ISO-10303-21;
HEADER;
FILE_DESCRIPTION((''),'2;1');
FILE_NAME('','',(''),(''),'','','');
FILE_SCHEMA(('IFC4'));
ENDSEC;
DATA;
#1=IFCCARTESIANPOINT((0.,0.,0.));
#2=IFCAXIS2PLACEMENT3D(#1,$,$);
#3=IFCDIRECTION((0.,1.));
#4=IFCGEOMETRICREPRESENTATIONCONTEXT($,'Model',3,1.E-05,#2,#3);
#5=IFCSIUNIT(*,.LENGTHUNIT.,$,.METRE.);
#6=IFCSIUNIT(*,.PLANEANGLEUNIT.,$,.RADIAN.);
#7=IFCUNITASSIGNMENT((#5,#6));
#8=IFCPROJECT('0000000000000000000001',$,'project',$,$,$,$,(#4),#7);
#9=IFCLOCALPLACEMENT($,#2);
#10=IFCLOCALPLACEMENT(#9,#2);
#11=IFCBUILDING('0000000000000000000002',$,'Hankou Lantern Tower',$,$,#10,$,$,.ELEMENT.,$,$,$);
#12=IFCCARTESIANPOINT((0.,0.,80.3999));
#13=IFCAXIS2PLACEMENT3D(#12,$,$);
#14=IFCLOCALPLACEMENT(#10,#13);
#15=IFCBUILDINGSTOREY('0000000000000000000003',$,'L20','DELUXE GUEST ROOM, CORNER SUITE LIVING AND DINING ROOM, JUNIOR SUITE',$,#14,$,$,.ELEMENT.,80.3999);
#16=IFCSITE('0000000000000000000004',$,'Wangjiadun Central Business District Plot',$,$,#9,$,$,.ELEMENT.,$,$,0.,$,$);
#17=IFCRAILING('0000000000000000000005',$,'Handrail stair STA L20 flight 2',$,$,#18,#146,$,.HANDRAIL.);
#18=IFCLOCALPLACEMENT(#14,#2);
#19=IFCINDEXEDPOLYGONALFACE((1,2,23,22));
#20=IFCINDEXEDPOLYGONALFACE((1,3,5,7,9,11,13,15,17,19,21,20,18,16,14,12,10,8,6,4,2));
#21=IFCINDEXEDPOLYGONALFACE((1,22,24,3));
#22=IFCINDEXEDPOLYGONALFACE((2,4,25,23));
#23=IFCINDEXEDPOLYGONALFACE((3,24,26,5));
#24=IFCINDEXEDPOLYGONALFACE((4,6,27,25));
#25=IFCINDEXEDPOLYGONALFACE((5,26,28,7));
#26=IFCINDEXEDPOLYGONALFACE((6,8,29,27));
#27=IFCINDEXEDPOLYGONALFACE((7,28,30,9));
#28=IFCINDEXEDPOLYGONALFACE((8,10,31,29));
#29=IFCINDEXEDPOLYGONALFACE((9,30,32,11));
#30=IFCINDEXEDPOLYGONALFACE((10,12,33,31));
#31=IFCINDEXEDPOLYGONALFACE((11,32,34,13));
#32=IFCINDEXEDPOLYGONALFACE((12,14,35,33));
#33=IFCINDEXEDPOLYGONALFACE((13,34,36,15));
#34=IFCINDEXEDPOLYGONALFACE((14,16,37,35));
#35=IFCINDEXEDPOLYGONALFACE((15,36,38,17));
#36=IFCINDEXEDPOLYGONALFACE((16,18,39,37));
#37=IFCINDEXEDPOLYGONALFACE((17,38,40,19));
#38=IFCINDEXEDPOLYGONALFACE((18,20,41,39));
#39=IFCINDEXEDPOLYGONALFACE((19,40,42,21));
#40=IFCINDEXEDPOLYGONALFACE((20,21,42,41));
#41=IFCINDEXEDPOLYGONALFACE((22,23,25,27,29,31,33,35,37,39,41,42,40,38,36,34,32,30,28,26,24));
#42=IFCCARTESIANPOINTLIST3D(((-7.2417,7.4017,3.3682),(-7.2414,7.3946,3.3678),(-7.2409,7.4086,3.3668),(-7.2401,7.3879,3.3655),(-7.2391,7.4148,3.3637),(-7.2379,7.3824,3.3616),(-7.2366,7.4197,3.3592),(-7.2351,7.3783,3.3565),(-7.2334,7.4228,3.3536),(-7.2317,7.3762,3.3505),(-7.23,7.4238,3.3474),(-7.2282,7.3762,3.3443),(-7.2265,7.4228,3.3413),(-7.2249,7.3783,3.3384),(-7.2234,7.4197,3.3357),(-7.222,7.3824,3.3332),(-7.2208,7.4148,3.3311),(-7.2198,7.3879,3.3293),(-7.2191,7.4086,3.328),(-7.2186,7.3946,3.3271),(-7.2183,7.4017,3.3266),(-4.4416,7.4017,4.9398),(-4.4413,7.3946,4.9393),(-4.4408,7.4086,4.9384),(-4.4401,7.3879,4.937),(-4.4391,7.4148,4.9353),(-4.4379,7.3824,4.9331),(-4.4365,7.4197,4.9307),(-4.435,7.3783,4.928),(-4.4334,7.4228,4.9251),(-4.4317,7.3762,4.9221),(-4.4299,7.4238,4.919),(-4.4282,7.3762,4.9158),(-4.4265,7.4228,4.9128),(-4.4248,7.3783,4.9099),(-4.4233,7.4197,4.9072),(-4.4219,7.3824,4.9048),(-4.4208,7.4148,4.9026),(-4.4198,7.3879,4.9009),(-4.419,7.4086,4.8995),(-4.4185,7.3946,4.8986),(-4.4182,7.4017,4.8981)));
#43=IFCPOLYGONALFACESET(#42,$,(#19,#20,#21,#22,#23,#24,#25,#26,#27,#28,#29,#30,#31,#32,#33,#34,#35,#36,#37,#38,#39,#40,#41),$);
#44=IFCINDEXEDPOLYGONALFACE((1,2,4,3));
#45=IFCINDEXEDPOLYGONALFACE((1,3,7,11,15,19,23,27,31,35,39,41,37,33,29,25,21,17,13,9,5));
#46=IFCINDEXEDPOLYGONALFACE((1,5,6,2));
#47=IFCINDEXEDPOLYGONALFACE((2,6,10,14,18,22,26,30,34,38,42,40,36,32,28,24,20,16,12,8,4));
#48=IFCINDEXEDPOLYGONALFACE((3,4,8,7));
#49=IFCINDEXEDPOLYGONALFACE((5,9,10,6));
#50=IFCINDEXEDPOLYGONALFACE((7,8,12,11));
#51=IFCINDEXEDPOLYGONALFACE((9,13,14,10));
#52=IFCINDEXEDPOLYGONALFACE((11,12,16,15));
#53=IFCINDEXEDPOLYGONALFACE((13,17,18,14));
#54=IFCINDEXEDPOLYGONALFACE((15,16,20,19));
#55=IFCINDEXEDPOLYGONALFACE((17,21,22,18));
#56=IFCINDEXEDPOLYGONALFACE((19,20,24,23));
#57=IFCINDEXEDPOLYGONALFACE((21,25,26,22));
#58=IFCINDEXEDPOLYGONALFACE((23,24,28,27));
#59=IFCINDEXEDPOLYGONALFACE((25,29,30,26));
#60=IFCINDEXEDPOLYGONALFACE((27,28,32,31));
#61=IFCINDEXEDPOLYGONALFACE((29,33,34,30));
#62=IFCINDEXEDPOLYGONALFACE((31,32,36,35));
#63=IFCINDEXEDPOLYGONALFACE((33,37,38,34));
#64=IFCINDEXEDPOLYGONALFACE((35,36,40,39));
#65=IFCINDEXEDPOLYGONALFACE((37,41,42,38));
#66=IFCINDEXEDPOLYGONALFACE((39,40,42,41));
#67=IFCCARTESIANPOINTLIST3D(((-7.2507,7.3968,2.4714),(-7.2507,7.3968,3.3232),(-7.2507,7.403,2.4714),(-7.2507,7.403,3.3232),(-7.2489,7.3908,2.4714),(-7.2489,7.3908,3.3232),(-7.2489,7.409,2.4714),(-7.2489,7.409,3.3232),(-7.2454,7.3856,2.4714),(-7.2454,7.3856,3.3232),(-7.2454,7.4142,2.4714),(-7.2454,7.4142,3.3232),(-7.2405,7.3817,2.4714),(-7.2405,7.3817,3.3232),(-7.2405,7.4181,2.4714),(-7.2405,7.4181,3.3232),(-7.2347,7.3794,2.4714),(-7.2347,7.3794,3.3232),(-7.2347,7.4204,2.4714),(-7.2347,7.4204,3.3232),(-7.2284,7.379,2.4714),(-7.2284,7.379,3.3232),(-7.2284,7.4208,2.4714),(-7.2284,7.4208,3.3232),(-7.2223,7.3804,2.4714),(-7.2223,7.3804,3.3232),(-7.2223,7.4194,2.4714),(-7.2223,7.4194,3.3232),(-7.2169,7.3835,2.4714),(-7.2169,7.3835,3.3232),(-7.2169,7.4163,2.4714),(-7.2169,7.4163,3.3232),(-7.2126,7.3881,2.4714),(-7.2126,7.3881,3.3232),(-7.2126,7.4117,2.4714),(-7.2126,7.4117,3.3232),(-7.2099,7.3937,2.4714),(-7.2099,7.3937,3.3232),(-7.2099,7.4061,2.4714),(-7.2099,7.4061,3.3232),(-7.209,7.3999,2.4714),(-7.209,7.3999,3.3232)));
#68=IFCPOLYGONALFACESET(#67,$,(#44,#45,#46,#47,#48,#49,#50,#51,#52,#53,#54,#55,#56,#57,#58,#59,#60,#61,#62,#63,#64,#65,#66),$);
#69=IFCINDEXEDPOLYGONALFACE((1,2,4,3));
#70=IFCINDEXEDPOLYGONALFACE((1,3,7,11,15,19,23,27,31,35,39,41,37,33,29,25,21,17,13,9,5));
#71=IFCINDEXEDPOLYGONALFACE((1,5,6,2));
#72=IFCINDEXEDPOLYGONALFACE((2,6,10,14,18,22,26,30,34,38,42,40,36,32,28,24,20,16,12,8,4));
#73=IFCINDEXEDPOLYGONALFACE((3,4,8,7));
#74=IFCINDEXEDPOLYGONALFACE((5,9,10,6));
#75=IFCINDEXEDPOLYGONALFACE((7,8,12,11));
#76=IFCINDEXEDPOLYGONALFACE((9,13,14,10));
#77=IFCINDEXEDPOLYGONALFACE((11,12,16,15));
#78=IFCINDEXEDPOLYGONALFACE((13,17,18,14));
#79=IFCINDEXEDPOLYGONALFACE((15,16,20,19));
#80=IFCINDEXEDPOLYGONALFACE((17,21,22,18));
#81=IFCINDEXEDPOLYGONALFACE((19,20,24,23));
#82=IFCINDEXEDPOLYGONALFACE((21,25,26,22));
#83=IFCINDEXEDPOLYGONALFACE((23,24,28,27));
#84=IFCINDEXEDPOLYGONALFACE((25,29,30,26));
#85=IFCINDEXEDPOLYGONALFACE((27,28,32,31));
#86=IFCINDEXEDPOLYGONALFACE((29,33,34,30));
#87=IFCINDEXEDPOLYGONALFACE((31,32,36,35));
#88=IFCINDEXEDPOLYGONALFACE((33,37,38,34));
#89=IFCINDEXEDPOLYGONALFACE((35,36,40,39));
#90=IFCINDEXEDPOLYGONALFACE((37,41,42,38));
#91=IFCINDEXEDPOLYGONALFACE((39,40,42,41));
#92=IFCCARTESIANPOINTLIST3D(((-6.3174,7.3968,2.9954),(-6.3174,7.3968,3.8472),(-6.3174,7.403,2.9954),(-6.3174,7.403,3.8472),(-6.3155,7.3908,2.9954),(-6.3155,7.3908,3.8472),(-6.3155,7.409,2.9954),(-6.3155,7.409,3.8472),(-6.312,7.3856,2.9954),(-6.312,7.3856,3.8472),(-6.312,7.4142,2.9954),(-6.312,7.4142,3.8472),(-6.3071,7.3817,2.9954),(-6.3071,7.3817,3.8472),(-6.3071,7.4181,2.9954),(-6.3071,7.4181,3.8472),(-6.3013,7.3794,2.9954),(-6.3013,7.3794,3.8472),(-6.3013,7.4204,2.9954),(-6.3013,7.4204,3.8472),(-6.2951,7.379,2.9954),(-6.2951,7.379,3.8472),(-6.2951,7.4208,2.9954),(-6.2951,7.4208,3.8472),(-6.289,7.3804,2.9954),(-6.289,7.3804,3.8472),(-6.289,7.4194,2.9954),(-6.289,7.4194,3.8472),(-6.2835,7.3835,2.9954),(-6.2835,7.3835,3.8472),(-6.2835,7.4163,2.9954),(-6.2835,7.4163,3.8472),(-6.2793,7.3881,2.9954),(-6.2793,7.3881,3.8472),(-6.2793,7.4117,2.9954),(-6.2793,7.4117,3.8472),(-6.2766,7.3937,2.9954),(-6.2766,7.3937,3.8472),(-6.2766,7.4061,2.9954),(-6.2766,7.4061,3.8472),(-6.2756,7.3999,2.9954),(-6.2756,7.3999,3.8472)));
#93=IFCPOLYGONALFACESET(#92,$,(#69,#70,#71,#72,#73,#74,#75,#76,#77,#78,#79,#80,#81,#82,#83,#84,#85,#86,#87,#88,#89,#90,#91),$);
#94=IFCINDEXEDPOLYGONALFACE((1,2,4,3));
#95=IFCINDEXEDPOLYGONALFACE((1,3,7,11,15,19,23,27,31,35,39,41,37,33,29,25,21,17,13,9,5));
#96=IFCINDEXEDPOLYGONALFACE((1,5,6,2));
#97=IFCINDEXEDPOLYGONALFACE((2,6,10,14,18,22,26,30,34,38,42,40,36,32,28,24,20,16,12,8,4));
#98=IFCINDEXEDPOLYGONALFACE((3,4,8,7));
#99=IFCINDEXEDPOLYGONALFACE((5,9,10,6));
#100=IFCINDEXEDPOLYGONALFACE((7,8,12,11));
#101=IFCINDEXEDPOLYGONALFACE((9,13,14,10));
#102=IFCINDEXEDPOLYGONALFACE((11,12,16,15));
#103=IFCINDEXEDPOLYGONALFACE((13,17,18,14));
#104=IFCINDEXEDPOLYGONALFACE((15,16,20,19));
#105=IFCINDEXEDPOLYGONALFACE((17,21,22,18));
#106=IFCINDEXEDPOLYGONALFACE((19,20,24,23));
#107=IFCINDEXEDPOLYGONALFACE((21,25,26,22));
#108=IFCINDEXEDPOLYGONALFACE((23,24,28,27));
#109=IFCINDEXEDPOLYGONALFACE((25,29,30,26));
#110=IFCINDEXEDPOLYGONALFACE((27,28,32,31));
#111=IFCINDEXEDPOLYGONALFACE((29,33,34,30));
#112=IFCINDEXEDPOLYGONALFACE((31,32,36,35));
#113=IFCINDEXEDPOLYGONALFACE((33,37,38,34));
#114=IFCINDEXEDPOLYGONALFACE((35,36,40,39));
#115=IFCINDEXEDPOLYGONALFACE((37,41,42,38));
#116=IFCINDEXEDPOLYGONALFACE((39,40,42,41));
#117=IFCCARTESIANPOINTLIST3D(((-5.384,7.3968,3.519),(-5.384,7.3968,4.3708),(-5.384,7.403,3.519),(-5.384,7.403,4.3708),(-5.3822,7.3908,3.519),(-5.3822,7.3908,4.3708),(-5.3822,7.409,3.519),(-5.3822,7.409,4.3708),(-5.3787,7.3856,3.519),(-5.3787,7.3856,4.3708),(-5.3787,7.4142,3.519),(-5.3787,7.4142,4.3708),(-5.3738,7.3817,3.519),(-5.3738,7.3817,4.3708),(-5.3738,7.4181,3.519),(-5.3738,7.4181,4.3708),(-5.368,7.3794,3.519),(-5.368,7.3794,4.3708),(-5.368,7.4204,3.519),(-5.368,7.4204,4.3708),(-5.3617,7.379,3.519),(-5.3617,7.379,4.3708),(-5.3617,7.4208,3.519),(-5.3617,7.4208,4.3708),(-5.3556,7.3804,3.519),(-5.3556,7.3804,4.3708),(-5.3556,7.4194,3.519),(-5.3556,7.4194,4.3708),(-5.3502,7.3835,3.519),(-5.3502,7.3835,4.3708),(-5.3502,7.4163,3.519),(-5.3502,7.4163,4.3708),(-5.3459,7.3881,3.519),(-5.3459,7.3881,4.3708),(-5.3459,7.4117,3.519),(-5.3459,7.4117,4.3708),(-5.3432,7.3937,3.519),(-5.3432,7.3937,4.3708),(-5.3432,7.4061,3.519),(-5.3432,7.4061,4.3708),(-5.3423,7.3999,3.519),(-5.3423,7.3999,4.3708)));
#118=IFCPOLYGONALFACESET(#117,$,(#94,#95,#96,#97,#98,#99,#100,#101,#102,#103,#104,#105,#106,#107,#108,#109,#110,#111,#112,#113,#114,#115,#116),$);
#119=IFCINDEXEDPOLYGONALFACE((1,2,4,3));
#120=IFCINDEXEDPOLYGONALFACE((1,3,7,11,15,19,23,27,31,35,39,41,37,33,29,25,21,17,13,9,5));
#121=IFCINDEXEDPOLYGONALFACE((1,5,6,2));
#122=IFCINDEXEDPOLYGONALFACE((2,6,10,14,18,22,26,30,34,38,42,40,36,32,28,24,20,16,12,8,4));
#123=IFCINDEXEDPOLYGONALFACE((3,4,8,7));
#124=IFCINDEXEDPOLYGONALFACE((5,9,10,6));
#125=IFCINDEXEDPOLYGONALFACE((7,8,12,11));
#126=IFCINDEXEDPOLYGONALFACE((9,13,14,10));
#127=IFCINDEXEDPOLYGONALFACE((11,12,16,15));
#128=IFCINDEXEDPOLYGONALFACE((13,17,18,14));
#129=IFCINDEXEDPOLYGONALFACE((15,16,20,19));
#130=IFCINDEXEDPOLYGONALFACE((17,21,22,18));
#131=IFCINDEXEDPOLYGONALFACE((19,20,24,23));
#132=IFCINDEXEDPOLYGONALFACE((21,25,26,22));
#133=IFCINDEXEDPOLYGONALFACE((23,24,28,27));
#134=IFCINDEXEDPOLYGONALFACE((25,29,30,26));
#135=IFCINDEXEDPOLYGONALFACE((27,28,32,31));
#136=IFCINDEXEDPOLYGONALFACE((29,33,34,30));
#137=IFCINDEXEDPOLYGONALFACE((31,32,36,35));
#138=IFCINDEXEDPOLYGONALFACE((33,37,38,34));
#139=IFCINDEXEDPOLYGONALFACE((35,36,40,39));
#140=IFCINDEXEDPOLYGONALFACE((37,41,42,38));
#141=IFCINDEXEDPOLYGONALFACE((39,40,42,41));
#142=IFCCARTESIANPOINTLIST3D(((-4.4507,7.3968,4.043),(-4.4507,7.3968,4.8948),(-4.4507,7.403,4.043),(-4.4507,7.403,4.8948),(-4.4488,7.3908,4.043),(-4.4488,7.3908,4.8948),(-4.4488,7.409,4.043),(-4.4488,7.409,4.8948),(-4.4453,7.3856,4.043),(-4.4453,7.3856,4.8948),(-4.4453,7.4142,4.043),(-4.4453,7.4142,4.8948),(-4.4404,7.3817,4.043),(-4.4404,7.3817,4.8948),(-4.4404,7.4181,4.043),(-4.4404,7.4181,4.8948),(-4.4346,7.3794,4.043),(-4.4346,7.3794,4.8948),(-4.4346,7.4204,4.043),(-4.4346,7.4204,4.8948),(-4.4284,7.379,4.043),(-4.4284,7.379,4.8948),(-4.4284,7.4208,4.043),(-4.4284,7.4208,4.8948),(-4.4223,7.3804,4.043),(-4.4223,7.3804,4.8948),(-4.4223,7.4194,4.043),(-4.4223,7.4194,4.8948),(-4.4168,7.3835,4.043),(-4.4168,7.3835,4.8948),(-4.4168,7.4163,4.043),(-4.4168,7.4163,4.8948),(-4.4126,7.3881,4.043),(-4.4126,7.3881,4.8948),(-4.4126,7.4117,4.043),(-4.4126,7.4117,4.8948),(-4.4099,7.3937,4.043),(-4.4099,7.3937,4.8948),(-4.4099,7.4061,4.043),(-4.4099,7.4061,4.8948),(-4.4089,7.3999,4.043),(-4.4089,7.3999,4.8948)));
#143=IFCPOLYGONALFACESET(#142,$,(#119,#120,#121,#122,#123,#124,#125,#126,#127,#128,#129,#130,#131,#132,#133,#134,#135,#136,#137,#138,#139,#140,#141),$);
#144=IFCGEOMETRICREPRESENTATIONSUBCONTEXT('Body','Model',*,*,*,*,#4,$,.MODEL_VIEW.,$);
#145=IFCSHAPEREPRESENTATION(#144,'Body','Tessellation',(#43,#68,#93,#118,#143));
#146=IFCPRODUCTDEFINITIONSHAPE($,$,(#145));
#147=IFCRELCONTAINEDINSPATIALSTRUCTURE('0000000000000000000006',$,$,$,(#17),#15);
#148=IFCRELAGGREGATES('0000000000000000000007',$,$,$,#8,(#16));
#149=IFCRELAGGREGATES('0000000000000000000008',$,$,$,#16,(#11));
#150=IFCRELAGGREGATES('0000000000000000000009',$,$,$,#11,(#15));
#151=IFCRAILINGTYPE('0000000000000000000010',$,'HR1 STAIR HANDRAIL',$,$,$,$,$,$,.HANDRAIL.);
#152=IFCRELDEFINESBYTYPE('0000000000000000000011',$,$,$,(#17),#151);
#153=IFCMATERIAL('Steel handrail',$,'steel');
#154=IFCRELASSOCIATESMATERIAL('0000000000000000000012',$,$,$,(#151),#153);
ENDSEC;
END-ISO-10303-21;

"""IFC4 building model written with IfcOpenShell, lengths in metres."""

from ifc_helpers import new_model, si_unit, direction, frame, origin, origin_2d, place, context, subcontext, project, spatial, circle, extrude, material, type_object, element, save


model = new_model("IFC4")

# Units and contexts
model_context = context("Model", 3, precision=1e-05, world=origin(), true_north=direction((0.0, 1.0)))
body_context = subcontext(model_context, "Body", "Model", "MODEL_VIEW")
ifc_project = project(units=[si_unit("LENGTHUNIT", "METRE"), si_unit("PLANEANGLEUNIT", "RADIAN")], contexts=[model_context])

# Site, building, storey
site_placement = place(None, origin())
site = spatial("IfcSite", under=ifc_project, at=site_placement, Name="Wangjiadun Central Business District Plot", CompositionType="ELEMENT", RefElevation=0.0)
building_placement = place(site_placement, origin())
building = spatial("IfcBuilding", under=site, at=building_placement, Name="Hankou Lantern Tower", CompositionType="ELEMENT")
storey_placement = place(building_placement, frame((0.0, 0.0, 80.3999)))
storey = spatial("IfcBuildingStorey", under=building, at=storey_placement, Name="L20", Description="DELUXE GUEST ROOM, CORNER SUITE LIVING AND DINING ROOM, JUNIOR SUITE", CompositionType="ELEMENT", Elevation=80.3999)

# Railing
ifc_material_1 = material(Name="Steel handrail", Category="steel")
railing_type = type_object("IfcRailingType", Name="HR1 STAIR HANDRAIL", PredefinedType="HANDRAIL", material=ifc_material_1)
railing_1_placement = place(storey_placement, frame((-7.23, 7.3999, 2.4714)))
element("IfcRailing", 1, at=railing_1_placement, inside=storey, type_object=railing_type, Name="Handrail stair STA L20 flight 2", PredefinedType="HANDRAIL", context=body_context, shape_type="SweptSolid", body=[
    extrude(circle(Radius=0.0239, at=origin_2d()), frame((0.0, 0.0, 0.876), z_axis=(0.87204, 0.0, 0.489434), x_axis=(0.0, 1.0, 0.0)), (0.0, 0.0, 1.0), 3.2109),
    extrude(circle(Radius=0.021, at=origin_2d()), origin(), (0.0, 0.0, 1.0), 0.8518),
    extrude(circle(Radius=0.021, at=origin_2d()), frame((0.9333, 0.0, 0.5239)), (0.0, 0.0, 1.0), 0.8518),
    extrude(circle(Radius=0.021, at=origin_2d()), frame((1.8667, 0.0, 1.0476)), (0.0, 0.0, 1.0), 0.8518),
    extrude(circle(Radius=0.021, at=origin_2d()), frame((2.8, 0.0, 1.5715)), (0.0, 0.0, 1.0), 0.8518),
])

save(model, "model.ifc")
